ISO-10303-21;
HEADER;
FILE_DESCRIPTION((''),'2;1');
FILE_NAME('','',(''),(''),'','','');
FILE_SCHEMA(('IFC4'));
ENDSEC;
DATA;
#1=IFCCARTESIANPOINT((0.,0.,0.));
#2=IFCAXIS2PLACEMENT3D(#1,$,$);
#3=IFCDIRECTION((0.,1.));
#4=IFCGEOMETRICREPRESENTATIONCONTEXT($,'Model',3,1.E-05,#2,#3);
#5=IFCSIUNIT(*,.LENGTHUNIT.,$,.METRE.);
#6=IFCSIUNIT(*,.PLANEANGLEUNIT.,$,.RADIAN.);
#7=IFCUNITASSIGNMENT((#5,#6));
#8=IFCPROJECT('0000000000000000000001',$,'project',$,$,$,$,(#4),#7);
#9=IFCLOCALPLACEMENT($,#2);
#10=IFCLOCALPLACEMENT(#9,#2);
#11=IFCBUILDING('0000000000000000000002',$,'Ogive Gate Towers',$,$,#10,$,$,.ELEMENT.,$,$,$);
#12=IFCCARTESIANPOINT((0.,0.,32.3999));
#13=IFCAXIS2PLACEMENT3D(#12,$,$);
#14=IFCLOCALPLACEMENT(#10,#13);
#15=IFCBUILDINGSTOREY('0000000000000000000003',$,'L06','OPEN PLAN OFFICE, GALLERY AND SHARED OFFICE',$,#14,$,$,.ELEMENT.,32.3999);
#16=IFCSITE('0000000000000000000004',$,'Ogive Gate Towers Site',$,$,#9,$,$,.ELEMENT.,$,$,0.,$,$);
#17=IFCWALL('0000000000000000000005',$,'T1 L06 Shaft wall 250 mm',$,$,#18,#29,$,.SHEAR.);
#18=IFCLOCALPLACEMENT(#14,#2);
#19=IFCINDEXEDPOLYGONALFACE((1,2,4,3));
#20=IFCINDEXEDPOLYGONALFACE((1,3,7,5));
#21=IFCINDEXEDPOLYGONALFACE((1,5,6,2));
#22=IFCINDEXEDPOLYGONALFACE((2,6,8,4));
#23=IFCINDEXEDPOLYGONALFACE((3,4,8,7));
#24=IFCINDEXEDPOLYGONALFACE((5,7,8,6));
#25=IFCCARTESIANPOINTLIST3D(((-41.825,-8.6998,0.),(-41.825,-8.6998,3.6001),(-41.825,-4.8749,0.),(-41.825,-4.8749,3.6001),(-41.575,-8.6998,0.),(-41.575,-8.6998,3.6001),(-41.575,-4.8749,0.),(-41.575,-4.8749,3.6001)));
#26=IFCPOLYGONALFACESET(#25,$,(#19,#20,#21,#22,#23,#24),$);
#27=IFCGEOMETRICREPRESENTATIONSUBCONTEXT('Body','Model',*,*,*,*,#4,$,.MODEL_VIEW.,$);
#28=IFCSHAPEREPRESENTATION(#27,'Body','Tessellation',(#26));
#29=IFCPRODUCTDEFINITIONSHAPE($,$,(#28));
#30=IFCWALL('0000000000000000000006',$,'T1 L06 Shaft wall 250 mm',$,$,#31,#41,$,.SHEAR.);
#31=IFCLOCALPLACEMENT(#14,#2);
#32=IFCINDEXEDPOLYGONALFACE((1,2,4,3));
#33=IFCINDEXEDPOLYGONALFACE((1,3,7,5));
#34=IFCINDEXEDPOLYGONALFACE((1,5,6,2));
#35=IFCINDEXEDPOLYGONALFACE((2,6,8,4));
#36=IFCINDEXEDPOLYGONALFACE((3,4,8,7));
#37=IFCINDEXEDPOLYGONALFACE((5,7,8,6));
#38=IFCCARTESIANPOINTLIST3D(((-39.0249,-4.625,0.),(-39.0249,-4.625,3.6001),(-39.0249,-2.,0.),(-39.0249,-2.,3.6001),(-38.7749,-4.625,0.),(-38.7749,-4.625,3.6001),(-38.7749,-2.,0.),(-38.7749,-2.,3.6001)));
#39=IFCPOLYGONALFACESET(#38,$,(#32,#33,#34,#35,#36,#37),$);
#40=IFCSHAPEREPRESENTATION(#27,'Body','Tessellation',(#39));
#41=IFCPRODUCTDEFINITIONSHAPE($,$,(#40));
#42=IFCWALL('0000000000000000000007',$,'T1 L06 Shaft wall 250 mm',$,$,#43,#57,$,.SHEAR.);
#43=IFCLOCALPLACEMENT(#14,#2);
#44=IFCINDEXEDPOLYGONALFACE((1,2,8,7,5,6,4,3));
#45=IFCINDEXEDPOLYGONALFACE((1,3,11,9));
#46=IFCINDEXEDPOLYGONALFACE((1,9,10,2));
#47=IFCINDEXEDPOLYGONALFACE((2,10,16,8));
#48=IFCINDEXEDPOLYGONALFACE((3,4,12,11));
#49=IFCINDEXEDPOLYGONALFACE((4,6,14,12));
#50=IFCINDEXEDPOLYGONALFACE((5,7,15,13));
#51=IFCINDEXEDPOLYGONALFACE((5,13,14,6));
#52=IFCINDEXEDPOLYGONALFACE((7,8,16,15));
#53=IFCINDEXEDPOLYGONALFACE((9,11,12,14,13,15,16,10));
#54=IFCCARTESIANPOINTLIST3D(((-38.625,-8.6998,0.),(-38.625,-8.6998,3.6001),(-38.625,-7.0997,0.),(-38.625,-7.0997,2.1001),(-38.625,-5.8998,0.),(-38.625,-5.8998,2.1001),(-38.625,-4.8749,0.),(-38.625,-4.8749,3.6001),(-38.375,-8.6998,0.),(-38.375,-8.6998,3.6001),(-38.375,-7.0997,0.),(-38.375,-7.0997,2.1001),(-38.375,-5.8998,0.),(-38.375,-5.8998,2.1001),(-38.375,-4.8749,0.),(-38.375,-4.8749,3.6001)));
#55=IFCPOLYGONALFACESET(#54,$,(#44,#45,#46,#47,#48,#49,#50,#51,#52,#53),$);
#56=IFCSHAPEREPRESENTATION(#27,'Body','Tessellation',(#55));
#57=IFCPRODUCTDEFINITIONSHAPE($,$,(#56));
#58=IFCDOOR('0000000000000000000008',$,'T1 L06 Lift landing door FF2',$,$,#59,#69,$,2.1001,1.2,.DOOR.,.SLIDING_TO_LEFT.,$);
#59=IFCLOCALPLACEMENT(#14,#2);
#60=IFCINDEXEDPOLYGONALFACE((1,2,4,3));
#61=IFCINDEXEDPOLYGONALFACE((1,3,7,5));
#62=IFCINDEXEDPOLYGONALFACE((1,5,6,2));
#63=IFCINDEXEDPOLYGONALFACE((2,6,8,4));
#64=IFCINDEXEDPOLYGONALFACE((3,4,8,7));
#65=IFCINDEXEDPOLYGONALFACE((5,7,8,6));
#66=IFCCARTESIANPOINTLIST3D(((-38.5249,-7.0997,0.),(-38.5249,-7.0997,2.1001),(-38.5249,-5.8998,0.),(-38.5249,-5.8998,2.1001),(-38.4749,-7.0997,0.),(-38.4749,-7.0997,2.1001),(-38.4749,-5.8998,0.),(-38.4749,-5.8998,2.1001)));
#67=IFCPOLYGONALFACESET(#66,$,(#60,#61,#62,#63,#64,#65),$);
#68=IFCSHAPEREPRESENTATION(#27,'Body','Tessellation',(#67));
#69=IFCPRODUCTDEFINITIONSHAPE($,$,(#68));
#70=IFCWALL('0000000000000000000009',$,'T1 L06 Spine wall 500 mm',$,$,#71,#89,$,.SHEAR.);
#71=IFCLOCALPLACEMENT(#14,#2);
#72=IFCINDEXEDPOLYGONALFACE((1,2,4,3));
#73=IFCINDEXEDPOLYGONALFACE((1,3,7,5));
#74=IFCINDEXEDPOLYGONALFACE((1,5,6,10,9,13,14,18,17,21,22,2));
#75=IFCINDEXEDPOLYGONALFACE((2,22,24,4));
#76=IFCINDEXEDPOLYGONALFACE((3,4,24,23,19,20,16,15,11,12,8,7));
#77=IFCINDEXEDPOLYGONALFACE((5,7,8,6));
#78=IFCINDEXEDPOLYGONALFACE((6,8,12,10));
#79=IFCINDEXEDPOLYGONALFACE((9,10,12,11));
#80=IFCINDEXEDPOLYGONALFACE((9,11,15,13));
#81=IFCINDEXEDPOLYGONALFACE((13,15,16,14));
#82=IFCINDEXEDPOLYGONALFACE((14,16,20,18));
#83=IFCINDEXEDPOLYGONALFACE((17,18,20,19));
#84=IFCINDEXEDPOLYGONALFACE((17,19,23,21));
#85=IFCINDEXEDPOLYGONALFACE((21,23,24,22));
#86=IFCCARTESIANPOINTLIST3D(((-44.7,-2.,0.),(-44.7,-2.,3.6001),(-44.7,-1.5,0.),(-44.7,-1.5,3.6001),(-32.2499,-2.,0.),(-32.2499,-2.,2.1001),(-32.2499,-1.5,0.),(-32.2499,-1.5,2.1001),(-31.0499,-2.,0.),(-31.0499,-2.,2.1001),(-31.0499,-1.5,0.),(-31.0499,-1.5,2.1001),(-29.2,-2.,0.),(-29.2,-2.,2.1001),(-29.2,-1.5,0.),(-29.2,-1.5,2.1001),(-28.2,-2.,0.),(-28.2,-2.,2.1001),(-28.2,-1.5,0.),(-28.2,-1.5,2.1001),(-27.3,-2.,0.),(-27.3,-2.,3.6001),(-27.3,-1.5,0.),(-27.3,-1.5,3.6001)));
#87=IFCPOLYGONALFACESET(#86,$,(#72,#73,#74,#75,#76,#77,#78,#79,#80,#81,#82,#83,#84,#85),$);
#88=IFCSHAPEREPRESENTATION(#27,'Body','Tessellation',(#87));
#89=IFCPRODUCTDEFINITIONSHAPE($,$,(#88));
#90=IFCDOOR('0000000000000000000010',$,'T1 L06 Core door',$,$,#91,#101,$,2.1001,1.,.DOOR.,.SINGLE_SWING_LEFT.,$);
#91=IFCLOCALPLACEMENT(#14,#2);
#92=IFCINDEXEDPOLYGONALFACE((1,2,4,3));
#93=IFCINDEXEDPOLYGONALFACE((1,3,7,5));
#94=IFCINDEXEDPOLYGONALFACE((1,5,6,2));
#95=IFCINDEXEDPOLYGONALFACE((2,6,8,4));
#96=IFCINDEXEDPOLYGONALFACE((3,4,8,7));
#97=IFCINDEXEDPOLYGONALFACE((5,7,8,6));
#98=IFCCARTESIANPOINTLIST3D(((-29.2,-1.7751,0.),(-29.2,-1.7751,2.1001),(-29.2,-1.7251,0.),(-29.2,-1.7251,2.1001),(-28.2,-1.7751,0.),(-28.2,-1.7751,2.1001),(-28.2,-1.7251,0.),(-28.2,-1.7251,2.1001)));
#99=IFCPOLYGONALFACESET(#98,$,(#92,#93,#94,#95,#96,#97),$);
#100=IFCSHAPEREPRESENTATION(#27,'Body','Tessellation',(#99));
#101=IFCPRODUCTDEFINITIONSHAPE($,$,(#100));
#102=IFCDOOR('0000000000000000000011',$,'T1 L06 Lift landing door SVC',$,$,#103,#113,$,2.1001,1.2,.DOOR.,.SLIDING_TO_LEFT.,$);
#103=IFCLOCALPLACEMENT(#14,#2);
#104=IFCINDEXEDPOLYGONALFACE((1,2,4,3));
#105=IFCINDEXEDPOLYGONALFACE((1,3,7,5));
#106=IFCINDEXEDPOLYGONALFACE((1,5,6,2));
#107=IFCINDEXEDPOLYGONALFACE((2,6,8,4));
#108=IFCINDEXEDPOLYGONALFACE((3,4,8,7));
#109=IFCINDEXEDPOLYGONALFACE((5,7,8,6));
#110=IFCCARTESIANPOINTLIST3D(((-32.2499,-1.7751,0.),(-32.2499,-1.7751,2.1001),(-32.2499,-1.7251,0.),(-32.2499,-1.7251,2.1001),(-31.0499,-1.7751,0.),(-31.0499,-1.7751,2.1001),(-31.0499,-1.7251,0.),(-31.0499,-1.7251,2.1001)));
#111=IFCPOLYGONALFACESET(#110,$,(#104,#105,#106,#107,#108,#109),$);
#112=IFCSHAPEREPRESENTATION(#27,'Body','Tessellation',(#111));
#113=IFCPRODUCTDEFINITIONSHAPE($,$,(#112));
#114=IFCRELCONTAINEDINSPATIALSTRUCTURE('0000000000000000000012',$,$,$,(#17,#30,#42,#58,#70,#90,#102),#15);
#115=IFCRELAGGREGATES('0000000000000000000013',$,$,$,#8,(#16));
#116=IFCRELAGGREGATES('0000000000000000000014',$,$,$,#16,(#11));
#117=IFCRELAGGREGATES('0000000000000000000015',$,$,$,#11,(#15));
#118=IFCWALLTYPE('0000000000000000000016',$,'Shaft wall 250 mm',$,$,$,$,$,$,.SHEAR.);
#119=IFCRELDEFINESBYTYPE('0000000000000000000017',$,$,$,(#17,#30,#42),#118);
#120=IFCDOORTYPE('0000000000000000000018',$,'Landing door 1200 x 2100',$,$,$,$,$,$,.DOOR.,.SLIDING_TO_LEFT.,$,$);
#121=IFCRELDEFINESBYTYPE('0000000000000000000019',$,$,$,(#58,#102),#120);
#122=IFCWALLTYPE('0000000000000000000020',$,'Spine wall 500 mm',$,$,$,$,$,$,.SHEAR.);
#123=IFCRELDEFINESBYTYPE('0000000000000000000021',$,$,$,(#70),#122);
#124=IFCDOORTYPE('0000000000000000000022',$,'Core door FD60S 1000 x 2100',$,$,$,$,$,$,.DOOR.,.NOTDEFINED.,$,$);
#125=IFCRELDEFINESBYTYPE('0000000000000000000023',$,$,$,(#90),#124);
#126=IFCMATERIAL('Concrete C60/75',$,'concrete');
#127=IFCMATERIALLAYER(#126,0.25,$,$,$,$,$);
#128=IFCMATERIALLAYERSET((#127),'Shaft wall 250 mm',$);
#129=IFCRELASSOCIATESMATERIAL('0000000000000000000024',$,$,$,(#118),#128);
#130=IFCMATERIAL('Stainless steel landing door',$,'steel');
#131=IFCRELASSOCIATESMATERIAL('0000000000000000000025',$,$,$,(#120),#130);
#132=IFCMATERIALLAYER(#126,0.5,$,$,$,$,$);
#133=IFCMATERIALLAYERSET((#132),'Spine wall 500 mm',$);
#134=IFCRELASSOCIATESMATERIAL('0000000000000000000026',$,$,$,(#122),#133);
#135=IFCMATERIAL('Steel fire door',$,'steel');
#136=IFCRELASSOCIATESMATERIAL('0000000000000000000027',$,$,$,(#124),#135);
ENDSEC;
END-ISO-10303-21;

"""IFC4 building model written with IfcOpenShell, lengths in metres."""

from ifc_helpers import new_model, si_unit, direction, frame, frame_2d, origin, place, context, subcontext, project, spatial, rectangle, extrude, material, layer, layer_set, type_object, element, fill, save


model = new_model("IFC4")

# Units and contexts
model_context = context("Model", 3, precision=1e-05, world=origin(), true_north=direction((0.0, 1.0)))
body_context = subcontext(model_context, "Body", "Model", "MODEL_VIEW")
ifc_project = project(units=[si_unit("LENGTHUNIT", "METRE"), si_unit("PLANEANGLEUNIT", "RADIAN")], contexts=[model_context])

# Site, building, storey
site_placement = place(None, origin())
site = spatial("IfcSite", under=ifc_project, at=site_placement, Name="Ogive Gate Towers Site", CompositionType="ELEMENT", RefElevation=0.0)
building_placement = place(site_placement, origin())
building = spatial("IfcBuilding", under=site, at=building_placement, Name="Ogive Gate Towers", CompositionType="ELEMENT")
storey_placement = place(building_placement, frame((0.0, 0.0, 32.3999)))
storey = spatial("IfcBuildingStorey", under=building, at=storey_placement, Name="L06", Description="OPEN PLAN OFFICE, GALLERY AND SHARED OFFICE", CompositionType="ELEMENT", Elevation=32.3999)

# Shared definitions
ifc_material_1 = material(Name="Concrete C60/75", Category="concrete")
ifc_material_2 = material(Name="Steel fire door", Category="steel")

# Walls
ifc_layer_1 = layer(ifc_material_1, 0.25)
ifc_layer_set_1 = layer_set([ifc_layer_1], Name="Shaft wall 250 mm")
wall_type_1 = type_object("IfcWallType", Name="Shaft wall 250 mm", PredefinedType="SHEAR", material=ifc_layer_set_1)
wall_1_placement = place(storey_placement, frame((-41.7, -8.7, 0.0), z_axis=(0.0, 0.0, 1.0), x_axis=(0.0, 1.0, 0.0)))
element("IfcWall", 1, at=wall_1_placement, inside=storey, type_object=wall_type_1, Name="T1 L06 Shaft wall 250 mm", PredefinedType="SHEAR", context=body_context, shape_type="SweptSolid", body=[
    extrude(rectangle(XDim=3.825, YDim=0.25, at=frame_2d((1.9126, 0.0))), origin(), (0.0, 0.0, 1.0), 3.6001),
])
wall_2_placement = place(storey_placement, frame((-38.8999, -4.625, 0.0), z_axis=(0.0, 0.0, 1.0), x_axis=(0.0, 1.0, 0.0)))
element("IfcWall", 2, at=wall_2_placement, inside=storey, type_object=wall_type_1, Name="T1 L06 Shaft wall 250 mm", PredefinedType="SHEAR", context=body_context, shape_type="SweptSolid", body=[
    extrude(rectangle(XDim=2.625, YDim=0.25, at=frame_2d((1.3125, 0.0))), origin(), (0.0, 0.0, 1.0), 3.6001),
])

# Wall, opening, door
wall_3_placement = place(storey_placement, frame((-38.5, -8.7, 0.0), z_axis=(0.0, 0.0, 1.0), x_axis=(0.0, 1.0, 0.0)))
wall_3 = element("IfcWall", 3, at=wall_3_placement, inside=storey, type_object=wall_type_1, Name="T1 L06 Shaft wall 250 mm", PredefinedType="SHEAR", context=body_context, shape_type="SweptSolid", body=[
    extrude(rectangle(XDim=3.825, YDim=0.25, at=frame_2d((1.9126, 0.0))), origin(), (0.0, 0.0, 1.0), 3.6001),
])
opening_1_placement = place(wall_3_placement, frame((1.6001, 0.0, 0.0)))
opening_1 = element("IfcOpeningElement", 4, at=opening_1_placement, cuts=wall_3, PredefinedType="OPENING", context=body_context, shape_type="SweptSolid", body=[
    extrude(rectangle(XDim=1.2, YDim=2.1001, at=frame_2d((0.6001, 1.05))), frame((0.0, 0.135, 0.0), z_axis=(0.0, -1.0, 0.0), x_axis=(1.0, 0.0, 0.0)), (0.0, 0.0, 1.0), 0.27),
])
ifc_material_3 = material(Name="Stainless steel landing door", Category="steel")
door_type_1 = type_object("IfcDoorType", Name="Landing door 1200 x 2100", OperationType="SLIDING_TO_LEFT", PredefinedType="DOOR", material=ifc_material_3)
door_1_placement = place(opening_1_placement, origin())
door_1 = element("IfcDoor", 5, at=door_1_placement, inside=storey, type_object=door_type_1, Name="T1 L06 Lift landing door FF2", OperationType="SLIDING_TO_LEFT", OverallHeight=2.1001, OverallWidth=1.2, PredefinedType="DOOR", context=body_context, shape_type="SweptSolid", body=[
    extrude(rectangle(XDim=1.2, YDim=2.1001, at=frame_2d((0.6001, 1.05))), frame((0.0, 0.0249, 0.0), z_axis=(0.0, -1.0, 0.0), x_axis=(1.0, 0.0, 0.0)), (0.0, 0.0, 1.0), 0.05),
])
fill(opening_1, door_1)

# Wall, openings, doors
ifc_layer_2 = layer(ifc_material_1, 0.5)
ifc_layer_set_2 = layer_set([ifc_layer_2], Name="Spine wall 500 mm")
wall_type_2 = type_object("IfcWallType", Name="Spine wall 500 mm", PredefinedType="SHEAR", material=ifc_layer_set_2)
wall_4_placement = place(storey_placement, frame((-44.7, -1.75, 0.0), z_axis=(0.0, 0.0, 1.0), x_axis=(1.0, 0.0, 0.0)))
wall_4 = element("IfcWall", 6, at=wall_4_placement, inside=storey, type_object=wall_type_2, Name="T1 L06 Spine wall 500 mm", PredefinedType="SHEAR", context=body_context, shape_type="SweptSolid", body=[
    extrude(rectangle(XDim=17.3999, YDim=0.5, at=frame_2d((8.7, 0.0))), origin(), (0.0, 0.0, 1.0), 3.6001),
])
opening_2_placement = place(wall_4_placement, frame((12.45, 0.0, 0.0)))
opening_2 = element("IfcOpeningElement", 7, at=opening_2_placement, cuts=wall_4, PredefinedType="OPENING", context=body_context, shape_type="SweptSolid", body=[
    extrude(rectangle(XDim=1.2, YDim=2.1001, at=frame_2d((0.6001, 1.05))), frame((0.0, 0.26, 0.0), z_axis=(0.0, -1.0, 0.0), x_axis=(1.0, 0.0, 0.0)), (0.0, 0.0, 1.0), 0.52),
])
opening_3_placement = place(wall_4_placement, frame((15.5, 0.0, 0.0)))
opening_3 = element("IfcOpeningElement", 8, at=opening_3_placement, cuts=wall_4, PredefinedType="OPENING", context=body_context, shape_type="SweptSolid", body=[
    extrude(rectangle(XDim=1.0, YDim=2.1001, at=frame_2d((0.5, 1.05))), frame((0.0, 0.26, 0.0), z_axis=(0.0, -1.0, 0.0), x_axis=(1.0, 0.0, 0.0)), (0.0, 0.0, 1.0), 0.52),
])
door_type_2 = type_object("IfcDoorType", Name="Core door FD60S 1000 x 2100", OperationType="NOTDEFINED", PredefinedType="DOOR", material=ifc_material_2)
door_2_placement = place(opening_3_placement, origin())
door_2 = element("IfcDoor", 9, at=door_2_placement, inside=storey, type_object=door_type_2, Name="T1 L06 Core door", OperationType="SINGLE_SWING_LEFT", OverallHeight=2.1001, OverallWidth=1.0, PredefinedType="DOOR", context=body_context, shape_type="SweptSolid", body=[
    extrude(rectangle(XDim=1.0, YDim=2.1001, at=frame_2d((0.5, 1.05))), frame((0.0, 0.0249, 0.0), z_axis=(0.0, -1.0, 0.0), x_axis=(1.0, 0.0, 0.0)), (0.0, 0.0, 1.0), 0.05),
])
fill(opening_3, door_2)
door_3_placement = place(opening_2_placement, origin())
door_3 = element("IfcDoor", 10, at=door_3_placement, inside=storey, type_object=door_type_1, Name="T1 L06 Lift landing door SVC", OperationType="SLIDING_TO_LEFT", OverallHeight=2.1001, OverallWidth=1.2, PredefinedType="DOOR", context=body_context, shape_type="SweptSolid", body=[
    extrude(rectangle(XDim=1.2, YDim=2.1001, at=frame_2d((0.6001, 1.05))), frame((0.0, 0.0249, 0.0), z_axis=(0.0, -1.0, 0.0), x_axis=(1.0, 0.0, 0.0)), (0.0, 0.0, 1.0), 0.05),
])
fill(opening_2, door_3)

save(model, "model.ifc")
